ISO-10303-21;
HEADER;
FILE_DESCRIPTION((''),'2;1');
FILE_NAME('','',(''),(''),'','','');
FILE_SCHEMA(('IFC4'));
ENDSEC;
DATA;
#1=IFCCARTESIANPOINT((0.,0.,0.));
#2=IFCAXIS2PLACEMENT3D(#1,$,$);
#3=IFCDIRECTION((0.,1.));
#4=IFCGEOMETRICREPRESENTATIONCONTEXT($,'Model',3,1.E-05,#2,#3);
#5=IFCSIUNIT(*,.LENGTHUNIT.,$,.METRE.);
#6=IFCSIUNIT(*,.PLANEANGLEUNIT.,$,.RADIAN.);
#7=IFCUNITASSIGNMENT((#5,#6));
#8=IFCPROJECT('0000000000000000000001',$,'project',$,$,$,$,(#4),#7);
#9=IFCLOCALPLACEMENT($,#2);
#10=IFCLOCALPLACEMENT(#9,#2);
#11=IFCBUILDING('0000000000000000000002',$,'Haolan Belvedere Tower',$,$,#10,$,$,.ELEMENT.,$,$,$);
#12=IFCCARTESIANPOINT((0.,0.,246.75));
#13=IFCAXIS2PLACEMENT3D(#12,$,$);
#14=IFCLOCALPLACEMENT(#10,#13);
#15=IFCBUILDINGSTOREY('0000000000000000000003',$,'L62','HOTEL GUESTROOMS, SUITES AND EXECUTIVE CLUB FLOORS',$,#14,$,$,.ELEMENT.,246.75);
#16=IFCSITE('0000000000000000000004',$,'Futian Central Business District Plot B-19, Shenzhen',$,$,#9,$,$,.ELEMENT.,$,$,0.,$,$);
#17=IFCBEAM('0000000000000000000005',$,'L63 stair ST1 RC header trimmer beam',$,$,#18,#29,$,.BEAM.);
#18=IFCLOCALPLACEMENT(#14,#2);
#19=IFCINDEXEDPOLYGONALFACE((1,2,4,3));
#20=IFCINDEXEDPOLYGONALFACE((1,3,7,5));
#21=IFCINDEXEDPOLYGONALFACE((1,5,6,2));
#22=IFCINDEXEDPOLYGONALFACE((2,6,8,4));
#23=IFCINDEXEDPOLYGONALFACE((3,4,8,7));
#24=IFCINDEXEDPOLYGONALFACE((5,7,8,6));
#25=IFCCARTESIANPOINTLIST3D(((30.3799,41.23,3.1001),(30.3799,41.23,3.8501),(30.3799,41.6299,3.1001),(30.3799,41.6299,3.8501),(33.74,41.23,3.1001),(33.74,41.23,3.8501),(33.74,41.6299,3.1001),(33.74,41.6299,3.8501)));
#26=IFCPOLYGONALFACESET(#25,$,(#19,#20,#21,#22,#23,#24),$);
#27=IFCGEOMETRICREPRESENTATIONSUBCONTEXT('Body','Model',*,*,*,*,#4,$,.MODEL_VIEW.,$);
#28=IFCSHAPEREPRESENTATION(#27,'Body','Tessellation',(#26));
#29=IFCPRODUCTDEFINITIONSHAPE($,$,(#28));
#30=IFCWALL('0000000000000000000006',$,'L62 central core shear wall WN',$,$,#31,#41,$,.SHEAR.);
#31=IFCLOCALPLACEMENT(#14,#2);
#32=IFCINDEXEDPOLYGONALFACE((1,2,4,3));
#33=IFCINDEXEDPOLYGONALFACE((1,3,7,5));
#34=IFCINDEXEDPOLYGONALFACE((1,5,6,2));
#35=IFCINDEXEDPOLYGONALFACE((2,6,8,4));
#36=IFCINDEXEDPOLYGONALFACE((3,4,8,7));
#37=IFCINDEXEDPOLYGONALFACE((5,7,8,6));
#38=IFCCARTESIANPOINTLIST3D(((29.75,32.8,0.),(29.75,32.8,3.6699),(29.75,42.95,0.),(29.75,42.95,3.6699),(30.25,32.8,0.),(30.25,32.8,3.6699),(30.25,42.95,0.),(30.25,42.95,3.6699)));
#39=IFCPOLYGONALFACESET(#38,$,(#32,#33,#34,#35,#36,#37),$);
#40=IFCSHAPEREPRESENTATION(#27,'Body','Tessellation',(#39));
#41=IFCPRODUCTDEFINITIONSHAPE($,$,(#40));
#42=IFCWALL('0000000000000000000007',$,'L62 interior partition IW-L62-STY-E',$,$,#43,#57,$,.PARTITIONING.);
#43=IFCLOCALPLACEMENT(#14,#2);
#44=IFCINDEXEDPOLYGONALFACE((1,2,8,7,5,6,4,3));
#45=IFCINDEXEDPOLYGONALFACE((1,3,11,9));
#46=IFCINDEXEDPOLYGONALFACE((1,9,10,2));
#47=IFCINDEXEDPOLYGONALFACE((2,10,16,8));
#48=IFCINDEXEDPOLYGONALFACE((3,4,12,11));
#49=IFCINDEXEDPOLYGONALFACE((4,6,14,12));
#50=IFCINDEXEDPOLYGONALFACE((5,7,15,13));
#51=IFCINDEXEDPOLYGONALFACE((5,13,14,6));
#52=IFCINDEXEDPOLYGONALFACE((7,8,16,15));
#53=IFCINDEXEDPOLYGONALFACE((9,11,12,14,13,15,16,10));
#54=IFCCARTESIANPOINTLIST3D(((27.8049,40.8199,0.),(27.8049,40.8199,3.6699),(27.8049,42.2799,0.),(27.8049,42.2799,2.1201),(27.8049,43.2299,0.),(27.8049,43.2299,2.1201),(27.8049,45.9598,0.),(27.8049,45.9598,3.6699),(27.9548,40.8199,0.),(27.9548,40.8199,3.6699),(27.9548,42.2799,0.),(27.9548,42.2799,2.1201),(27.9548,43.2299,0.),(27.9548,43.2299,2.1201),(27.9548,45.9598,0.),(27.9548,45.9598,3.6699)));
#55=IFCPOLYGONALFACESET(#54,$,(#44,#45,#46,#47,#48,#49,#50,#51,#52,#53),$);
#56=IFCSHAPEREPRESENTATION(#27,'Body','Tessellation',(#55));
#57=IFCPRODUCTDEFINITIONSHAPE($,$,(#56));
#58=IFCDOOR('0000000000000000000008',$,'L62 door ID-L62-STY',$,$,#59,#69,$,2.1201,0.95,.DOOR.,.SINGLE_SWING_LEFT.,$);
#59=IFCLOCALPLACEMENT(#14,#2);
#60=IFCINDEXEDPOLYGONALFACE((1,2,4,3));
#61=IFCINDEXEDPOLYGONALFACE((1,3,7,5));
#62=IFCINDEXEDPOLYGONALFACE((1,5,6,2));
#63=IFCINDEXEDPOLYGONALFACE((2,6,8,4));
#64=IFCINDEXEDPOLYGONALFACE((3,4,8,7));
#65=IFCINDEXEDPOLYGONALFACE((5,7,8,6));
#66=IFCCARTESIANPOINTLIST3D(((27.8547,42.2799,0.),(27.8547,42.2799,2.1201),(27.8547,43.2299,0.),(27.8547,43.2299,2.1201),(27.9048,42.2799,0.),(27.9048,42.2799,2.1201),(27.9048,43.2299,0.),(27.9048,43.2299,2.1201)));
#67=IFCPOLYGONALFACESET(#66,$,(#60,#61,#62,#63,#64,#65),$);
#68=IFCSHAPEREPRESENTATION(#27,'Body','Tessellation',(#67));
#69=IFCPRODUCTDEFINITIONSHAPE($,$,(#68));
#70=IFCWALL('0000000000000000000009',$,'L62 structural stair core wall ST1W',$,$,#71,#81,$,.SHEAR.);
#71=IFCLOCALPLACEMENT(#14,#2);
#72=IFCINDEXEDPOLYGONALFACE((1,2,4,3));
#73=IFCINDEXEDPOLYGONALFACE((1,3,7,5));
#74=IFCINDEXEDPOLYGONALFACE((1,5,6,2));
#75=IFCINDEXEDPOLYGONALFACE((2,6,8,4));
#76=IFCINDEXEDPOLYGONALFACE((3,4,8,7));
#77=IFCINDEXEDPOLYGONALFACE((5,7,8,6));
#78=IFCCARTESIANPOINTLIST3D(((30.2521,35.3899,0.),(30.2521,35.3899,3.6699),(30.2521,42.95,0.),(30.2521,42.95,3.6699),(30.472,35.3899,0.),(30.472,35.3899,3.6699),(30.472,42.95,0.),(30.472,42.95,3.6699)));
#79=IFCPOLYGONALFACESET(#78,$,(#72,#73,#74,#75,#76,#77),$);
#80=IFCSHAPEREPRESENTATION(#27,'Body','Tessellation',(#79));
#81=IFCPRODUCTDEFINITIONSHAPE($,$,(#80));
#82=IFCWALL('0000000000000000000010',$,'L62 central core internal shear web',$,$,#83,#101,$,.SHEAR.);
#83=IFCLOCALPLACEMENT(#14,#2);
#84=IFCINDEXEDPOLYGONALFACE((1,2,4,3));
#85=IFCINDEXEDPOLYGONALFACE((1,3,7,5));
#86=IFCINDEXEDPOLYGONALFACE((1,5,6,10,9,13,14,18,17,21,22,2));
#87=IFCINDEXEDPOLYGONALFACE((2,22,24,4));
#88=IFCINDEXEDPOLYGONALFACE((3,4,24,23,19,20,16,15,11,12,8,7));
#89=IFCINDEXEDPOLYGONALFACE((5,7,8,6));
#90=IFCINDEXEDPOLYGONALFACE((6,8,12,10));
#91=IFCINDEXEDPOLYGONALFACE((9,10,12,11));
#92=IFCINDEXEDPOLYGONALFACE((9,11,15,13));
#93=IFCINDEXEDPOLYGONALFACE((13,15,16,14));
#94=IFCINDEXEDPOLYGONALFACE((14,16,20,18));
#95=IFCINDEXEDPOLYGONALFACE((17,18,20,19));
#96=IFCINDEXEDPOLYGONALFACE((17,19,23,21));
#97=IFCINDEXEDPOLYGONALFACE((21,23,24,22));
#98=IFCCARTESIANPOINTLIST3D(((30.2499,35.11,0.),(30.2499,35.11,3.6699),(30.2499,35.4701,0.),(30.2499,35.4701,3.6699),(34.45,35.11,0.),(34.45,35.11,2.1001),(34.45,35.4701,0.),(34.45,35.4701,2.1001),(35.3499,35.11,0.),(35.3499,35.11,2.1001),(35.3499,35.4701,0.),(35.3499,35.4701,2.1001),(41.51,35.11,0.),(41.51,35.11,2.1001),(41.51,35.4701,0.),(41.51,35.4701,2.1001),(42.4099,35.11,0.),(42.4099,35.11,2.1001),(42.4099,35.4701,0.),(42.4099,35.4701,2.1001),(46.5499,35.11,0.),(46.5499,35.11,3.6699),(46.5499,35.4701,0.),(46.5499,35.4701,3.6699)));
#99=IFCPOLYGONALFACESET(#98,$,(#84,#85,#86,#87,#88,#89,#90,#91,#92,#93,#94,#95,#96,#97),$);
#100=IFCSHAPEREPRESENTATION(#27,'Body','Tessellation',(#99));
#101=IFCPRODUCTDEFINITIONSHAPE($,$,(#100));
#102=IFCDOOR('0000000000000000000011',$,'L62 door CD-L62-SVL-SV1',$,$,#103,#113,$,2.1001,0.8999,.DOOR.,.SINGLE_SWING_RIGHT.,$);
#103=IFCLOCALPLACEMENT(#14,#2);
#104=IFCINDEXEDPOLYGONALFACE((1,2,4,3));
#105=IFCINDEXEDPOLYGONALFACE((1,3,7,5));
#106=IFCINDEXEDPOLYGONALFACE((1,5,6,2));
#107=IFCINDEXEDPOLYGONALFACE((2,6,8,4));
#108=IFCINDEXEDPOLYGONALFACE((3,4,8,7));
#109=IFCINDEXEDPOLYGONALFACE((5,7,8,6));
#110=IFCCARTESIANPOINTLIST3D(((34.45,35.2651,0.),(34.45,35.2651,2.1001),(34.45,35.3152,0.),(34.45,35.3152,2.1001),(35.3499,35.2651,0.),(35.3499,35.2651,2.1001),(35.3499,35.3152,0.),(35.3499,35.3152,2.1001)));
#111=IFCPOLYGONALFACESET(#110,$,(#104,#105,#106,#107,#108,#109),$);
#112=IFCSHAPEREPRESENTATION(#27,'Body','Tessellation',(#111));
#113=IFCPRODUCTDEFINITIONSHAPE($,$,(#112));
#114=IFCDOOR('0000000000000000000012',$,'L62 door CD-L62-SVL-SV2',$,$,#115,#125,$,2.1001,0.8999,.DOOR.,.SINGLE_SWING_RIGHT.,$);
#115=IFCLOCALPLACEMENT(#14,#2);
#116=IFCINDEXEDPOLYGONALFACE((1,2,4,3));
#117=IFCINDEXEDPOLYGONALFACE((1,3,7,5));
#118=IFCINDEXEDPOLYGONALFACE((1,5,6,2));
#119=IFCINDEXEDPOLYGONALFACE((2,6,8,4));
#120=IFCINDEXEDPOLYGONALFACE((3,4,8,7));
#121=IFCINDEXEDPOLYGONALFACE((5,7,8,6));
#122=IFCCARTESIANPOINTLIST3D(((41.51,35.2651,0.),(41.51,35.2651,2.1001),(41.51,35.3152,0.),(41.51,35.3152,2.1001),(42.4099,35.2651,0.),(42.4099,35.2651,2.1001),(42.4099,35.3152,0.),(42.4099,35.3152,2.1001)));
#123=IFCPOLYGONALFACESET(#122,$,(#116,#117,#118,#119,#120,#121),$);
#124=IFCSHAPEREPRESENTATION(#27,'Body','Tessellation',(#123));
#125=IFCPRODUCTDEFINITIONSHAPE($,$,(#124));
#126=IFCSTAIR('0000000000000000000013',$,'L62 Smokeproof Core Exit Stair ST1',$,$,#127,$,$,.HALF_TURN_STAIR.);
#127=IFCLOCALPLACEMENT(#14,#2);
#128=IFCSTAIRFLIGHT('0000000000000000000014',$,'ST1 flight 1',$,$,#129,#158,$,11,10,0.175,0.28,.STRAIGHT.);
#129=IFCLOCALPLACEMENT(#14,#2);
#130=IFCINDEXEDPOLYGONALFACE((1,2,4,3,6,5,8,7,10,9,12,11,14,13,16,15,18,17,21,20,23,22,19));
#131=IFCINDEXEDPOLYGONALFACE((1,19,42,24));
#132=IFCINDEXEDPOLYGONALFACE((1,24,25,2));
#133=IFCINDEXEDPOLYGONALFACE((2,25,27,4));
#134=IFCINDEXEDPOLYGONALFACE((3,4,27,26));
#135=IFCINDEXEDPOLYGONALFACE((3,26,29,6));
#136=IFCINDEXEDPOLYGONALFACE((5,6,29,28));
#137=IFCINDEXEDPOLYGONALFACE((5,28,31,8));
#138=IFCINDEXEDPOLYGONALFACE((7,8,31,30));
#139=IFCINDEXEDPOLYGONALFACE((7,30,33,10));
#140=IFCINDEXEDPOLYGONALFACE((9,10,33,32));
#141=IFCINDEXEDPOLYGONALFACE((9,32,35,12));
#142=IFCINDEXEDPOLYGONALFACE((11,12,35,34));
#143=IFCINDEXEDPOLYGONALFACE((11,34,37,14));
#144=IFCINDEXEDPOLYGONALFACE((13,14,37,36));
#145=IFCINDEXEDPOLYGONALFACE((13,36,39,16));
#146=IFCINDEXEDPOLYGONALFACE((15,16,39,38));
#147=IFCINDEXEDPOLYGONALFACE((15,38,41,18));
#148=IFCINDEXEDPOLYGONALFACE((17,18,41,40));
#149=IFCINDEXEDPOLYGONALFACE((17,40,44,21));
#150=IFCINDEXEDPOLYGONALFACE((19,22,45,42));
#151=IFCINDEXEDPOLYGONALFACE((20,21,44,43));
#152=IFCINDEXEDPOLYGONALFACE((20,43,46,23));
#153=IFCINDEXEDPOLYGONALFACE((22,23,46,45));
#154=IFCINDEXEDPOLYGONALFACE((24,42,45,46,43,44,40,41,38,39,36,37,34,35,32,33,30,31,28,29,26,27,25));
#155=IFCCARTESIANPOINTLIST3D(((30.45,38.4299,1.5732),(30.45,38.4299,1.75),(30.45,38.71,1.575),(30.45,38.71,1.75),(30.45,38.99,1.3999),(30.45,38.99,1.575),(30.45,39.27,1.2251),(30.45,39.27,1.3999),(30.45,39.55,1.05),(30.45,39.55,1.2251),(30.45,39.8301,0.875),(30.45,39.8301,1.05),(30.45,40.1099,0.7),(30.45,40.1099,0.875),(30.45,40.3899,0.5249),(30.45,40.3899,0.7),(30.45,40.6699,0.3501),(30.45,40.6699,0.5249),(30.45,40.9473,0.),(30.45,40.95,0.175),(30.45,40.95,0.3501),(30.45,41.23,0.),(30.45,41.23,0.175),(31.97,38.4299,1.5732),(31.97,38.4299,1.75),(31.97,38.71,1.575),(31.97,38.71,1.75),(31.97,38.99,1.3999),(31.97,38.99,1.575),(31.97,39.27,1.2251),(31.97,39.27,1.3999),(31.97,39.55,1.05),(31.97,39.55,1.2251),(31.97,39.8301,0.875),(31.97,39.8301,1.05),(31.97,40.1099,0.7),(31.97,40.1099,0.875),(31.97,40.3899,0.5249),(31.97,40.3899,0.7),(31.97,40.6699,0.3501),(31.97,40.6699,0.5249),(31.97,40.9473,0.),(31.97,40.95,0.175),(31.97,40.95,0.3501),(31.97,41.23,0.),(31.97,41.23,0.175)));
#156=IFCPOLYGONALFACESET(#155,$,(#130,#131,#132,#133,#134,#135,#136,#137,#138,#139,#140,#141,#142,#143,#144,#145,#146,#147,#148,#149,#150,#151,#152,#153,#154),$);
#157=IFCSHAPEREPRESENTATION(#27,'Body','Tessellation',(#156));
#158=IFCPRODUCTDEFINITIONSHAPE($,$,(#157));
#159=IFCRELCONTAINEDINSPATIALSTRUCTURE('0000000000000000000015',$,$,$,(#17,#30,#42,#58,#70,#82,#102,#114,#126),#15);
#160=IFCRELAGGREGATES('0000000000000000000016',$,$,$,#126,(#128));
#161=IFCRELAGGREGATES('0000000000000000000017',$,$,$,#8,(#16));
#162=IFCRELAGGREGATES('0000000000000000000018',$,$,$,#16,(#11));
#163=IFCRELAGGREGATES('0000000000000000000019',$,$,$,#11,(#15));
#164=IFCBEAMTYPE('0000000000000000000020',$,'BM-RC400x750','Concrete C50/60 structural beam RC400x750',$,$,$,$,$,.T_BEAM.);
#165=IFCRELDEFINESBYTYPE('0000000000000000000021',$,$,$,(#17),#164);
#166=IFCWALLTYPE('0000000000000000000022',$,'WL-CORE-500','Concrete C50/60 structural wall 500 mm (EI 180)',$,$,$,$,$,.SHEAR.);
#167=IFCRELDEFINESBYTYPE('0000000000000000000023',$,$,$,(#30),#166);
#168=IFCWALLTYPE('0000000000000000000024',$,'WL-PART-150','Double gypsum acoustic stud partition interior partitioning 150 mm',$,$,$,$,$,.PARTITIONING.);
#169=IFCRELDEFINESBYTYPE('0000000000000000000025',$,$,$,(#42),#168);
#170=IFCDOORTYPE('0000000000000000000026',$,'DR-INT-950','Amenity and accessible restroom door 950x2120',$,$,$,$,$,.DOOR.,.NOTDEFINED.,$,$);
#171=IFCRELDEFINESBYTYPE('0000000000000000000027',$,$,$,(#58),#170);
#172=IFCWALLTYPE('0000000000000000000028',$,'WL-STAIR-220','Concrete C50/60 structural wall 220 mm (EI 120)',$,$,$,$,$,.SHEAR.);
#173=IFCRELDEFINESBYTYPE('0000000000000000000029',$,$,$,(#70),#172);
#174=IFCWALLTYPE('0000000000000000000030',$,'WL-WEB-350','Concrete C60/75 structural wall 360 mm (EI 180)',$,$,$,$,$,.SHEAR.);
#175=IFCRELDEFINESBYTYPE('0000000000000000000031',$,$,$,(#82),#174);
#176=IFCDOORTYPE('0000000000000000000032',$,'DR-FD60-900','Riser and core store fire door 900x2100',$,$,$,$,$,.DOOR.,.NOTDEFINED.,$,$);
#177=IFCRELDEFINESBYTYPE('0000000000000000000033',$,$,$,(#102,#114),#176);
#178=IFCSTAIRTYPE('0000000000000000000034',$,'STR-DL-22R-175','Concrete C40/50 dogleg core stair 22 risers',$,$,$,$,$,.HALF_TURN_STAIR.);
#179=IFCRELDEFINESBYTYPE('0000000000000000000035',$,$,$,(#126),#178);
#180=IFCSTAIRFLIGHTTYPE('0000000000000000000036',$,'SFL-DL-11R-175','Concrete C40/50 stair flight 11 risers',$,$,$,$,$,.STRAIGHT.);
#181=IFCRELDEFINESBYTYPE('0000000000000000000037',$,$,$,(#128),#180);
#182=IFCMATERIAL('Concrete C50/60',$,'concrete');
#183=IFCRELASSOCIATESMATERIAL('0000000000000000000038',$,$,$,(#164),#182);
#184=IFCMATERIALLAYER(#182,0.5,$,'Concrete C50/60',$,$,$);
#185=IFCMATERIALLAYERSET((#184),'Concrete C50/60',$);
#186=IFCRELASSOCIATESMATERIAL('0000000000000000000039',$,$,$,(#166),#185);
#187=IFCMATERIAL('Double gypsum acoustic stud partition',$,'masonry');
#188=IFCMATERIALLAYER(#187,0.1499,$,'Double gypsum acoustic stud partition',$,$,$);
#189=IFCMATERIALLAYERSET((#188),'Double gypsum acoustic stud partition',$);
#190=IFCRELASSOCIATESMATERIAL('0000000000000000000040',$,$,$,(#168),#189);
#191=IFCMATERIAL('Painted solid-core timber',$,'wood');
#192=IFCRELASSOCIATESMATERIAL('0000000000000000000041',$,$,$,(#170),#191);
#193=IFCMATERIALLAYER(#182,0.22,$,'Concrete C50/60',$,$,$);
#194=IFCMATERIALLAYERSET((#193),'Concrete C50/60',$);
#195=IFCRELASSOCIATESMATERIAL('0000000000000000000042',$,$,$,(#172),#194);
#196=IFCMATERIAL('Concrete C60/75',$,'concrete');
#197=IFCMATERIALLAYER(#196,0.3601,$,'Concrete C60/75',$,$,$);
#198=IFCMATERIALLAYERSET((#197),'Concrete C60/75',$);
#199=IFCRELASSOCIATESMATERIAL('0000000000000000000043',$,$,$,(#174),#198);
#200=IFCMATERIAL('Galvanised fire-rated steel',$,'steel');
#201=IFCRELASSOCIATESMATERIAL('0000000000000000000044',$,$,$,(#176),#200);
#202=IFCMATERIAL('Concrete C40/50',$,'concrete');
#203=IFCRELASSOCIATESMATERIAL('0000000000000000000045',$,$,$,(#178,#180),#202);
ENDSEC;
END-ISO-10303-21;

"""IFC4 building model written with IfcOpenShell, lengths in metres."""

from ifc_helpers import new_model, si_unit, direction, frame, frame_2d, origin, origin_2d, place, context, subcontext, project, spatial, polyline, rectangle, outline, extrude, material, layer, layer_set, material_profile, profile_set, type_object, element, fill, aggregate, save


model = new_model("IFC4")

# Units and contexts
model_context = context("Model", 3, precision=1e-05, world=origin(), true_north=direction((0.0, 1.0)))
body_context = subcontext(model_context, "Body", "Model", "MODEL_VIEW")
ifc_project = project(units=[si_unit("LENGTHUNIT", "METRE"), si_unit("PLANEANGLEUNIT", "RADIAN")], contexts=[model_context])

# Site, building, storey
site_placement = place(None, origin())
site = spatial("IfcSite", under=ifc_project, at=site_placement, Name="Futian Central Business District Plot B-19, Shenzhen", CompositionType="ELEMENT", RefElevation=0.0)
building_placement = place(site_placement, origin())
building = spatial("IfcBuilding", under=site, at=building_placement, Name="Haolan Belvedere Tower", CompositionType="ELEMENT")
storey_placement = place(building_placement, frame((0.0, 0.0, 246.75)))
storey = spatial("IfcBuildingStorey", under=building, at=storey_placement, Name="L62", Description="HOTEL GUESTROOMS, SUITES AND EXECUTIVE CLUB FLOORS", CompositionType="ELEMENT", Elevation=246.75)

# Beam
ifc_material_1 = material(Name="Concrete C50/60", Category="concrete")
ifc_material_profile = material_profile(ifc_material_1, rectangle(XDim=0.3999, YDim=0.75, at=origin_2d()), Name="Concrete C50/60")
ifc_profile_set = profile_set([ifc_material_profile], Name="Concrete C50/60")
beam_type = type_object("IfcBeamType", Name="BM-RC400x750", Description="Concrete C50/60 structural beam RC400x750", PredefinedType="T_BEAM", material=ifc_profile_set)
beam_placement = place(storey_placement, frame((30.3799, 41.4299, 3.4751), z_axis=(1.0, 0.0, 0.0), x_axis=(0.0, 1.0, 0.0)))
element("IfcBeam", 1, at=beam_placement, inside=storey, type_object=beam_type, Name="L63 stair ST1 RC header trimmer beam", PredefinedType="BEAM", context=body_context, shape_type="SweptSolid", body=[
    extrude(rectangle(XDim=0.3999, YDim=0.75, at=origin_2d()), origin(), (0.0, 0.0, 1.0), 3.3601),
])

# Wall
ifc_layer_1 = layer(ifc_material_1, 0.5, Name="Concrete C50/60")
ifc_layer_set_1 = layer_set([ifc_layer_1], Name="Concrete C50/60")
wall_type_1 = type_object("IfcWallType", Name="WL-CORE-500", Description="Concrete C50/60 structural wall 500 mm (EI 180)", PredefinedType="SHEAR", material=ifc_layer_set_1)
wall_1_placement = place(storey_placement, frame((30.0, 32.8, 0.0), z_axis=(0.0, 0.0, 1.0), x_axis=(0.0, 1.0, 0.0)))
element("IfcWall", 2, at=wall_1_placement, inside=storey, type_object=wall_type_1, Name="L62 central core shear wall WN", PredefinedType="SHEAR", context=body_context, shape_type="SweptSolid", body=[
    extrude(rectangle(XDim=10.1499, YDim=0.5, at=frame_2d((5.075, 0.0))), origin(), (0.0, 0.0, 1.0), 3.6699),
])

# Wall, opening, door
ifc_material_2 = material(Name="Double gypsum acoustic stud partition", Category="masonry")
ifc_layer_2 = layer(ifc_material_2, 0.1499, Name="Double gypsum acoustic stud partition")
ifc_layer_set_2 = layer_set([ifc_layer_2], Name="Double gypsum acoustic stud partition")
wall_type_2 = type_object("IfcWallType", Name="WL-PART-150", Description="Double gypsum acoustic stud partition interior partitioning 150 mm", PredefinedType="PARTITIONING", material=ifc_layer_set_2)
ifc_material_3 = material(Name="Painted solid-core timber", Category="wood")
door_type_1 = type_object("IfcDoorType", Name="DR-INT-950", Description="Amenity and accessible restroom door 950x2120", OperationType="NOTDEFINED", PredefinedType="DOOR", material=ifc_material_3)
wall_2_placement = place(storey_placement, frame((27.8799, 40.8201, 0.0), z_axis=(0.0, 0.0, 1.0), x_axis=(0.0, 1.0, 0.0)))
wall_2 = element("IfcWall", 3, at=wall_2_placement, inside=storey, type_object=wall_type_2, Name="L62 interior partition IW-L62-STY-E", PredefinedType="PARTITIONING", context=body_context, shape_type="SweptSolid", body=[
    extrude(rectangle(XDim=5.1399, YDim=0.1499, at=frame_2d((2.5698, 0.0))), origin(), (0.0, 0.0, 1.0), 3.6699),
])
opening_1_placement = place(wall_2_placement, frame((2.4099, 0.0, 0.0), z_axis=(0.0, 0.0, 1.0), x_axis=(-1.0, 0.0, 0.0)))
opening_1 = element("IfcOpeningElement", 4, at=opening_1_placement, cuts=wall_2, PredefinedType="OPENING", context=body_context, shape_type="SweptSolid", body=[
    extrude(rectangle(XDim=0.95, YDim=2.1201, at=frame_2d((0.4751, 1.0601))), frame((0.0, 0.085, 0.0), z_axis=(0.0, -1.0, 0.0), x_axis=(1.0, 0.0, 0.0)), (0.0, 0.0, 1.0), 0.1699),
])
door_1_placement = place(opening_1_placement, origin())
door_1 = element("IfcDoor", 5, at=door_1_placement, inside=storey, type_object=door_type_1, Name="L62 door ID-L62-STY", OperationType="SINGLE_SWING_LEFT", OverallHeight=2.1201, OverallWidth=0.95, PredefinedType="DOOR", context=body_context, shape_type="SweptSolid", body=[
    extrude(rectangle(XDim=0.95, YDim=2.1201, at=frame_2d((0.4751, 1.0601))), frame((0.0, 0.0249, 0.0), z_axis=(0.0, -1.0, 0.0), x_axis=(1.0, 0.0, 0.0)), (0.0, 0.0, 1.0), 0.05),
])
fill(opening_1, door_1)

# Wall
ifc_layer_3 = layer(ifc_material_1, 0.22, Name="Concrete C50/60")
ifc_layer_set_3 = layer_set([ifc_layer_3], Name="Concrete C50/60")
wall_type_3 = type_object("IfcWallType", Name="WL-STAIR-220", Description="Concrete C50/60 structural wall 220 mm (EI 120)", PredefinedType="SHEAR", material=ifc_layer_set_3)
wall_3_placement = place(storey_placement, frame((30.3621, 35.3899, 0.0), z_axis=(0.0, 0.0, 1.0), x_axis=(0.0, 1.0, 0.0)))
element("IfcWall", 6, at=wall_3_placement, inside=storey, type_object=wall_type_3, Name="L62 structural stair core wall ST1W", PredefinedType="SHEAR", context=body_context, shape_type="SweptSolid", body=[
    extrude(rectangle(XDim=7.5601, YDim=0.22, at=frame_2d((3.78, 0.0))), origin(), (0.0, 0.0, 1.0), 3.6699),
])

# Wall, openings, doors
ifc_material_4 = material(Name="Concrete C60/75", Category="concrete")
ifc_layer_4 = layer(ifc_material_4, 0.3601, Name="Concrete C60/75")
ifc_layer_set_4 = layer_set([ifc_layer_4], Name="Concrete C60/75")
wall_type_4 = type_object("IfcWallType", Name="WL-WEB-350", Description="Concrete C60/75 structural wall 360 mm (EI 180)", PredefinedType="SHEAR", material=ifc_layer_set_4)
wall_4_placement = place(storey_placement, frame((30.25, 35.29, 0.0), z_axis=(0.0, 0.0, 1.0), x_axis=(1.0, 0.0, 0.0)))
wall_4 = element("IfcWall", 7, at=wall_4_placement, inside=storey, type_object=wall_type_4, Name="L62 central core internal shear web", PredefinedType="SHEAR", context=body_context, shape_type="SweptSolid", body=[
    extrude(rectangle(XDim=16.3, YDim=0.3601, at=frame_2d((8.1499, 0.0))), origin(), (0.0, 0.0, 1.0), 3.6699),
])
opening_2_placement = place(wall_4_placement, frame((5.0999, 0.0, 0.0), z_axis=(0.0, 0.0, 1.0), x_axis=(-1.0, 0.0, 0.0)))
opening_2 = element("IfcOpeningElement", 8, at=opening_2_placement, cuts=wall_4, PredefinedType="OPENING", context=body_context, shape_type="SweptSolid", body=[
    extrude(rectangle(XDim=0.8999, YDim=2.1001, at=frame_2d((0.45, 1.05))), frame((0.0, 0.1899, 0.0), z_axis=(0.0, -1.0, 0.0), x_axis=(1.0, 0.0, 0.0)), (0.0, 0.0, 1.0), 0.3801),
])
opening_3_placement = place(wall_4_placement, frame((12.1599, 0.0, 0.0), z_axis=(0.0, 0.0, 1.0), x_axis=(-1.0, 0.0, 0.0)))
opening_3 = element("IfcOpeningElement", 9, at=opening_3_placement, cuts=wall_4, PredefinedType="OPENING", context=body_context, shape_type="SweptSolid", body=[
    extrude(rectangle(XDim=0.8999, YDim=2.1001, at=frame_2d((0.45, 1.05))), frame((0.0, 0.1899, 0.0), z_axis=(0.0, -1.0, 0.0), x_axis=(1.0, 0.0, 0.0)), (0.0, 0.0, 1.0), 0.3801),
])
ifc_material_5 = material(Name="Galvanised fire-rated steel", Category="steel")
door_type_2 = type_object("IfcDoorType", Name="DR-FD60-900", Description="Riser and core store fire door 900x2100", OperationType="NOTDEFINED", PredefinedType="DOOR", material=ifc_material_5)
door_2_placement = place(opening_2_placement, origin())
door_2 = element("IfcDoor", 10, at=door_2_placement, inside=storey, type_object=door_type_2, Name="L62 door CD-L62-SVL-SV1", OperationType="SINGLE_SWING_RIGHT", OverallHeight=2.1001, OverallWidth=0.8999, PredefinedType="DOOR", context=body_context, shape_type="SweptSolid", body=[
    extrude(rectangle(XDim=0.8999, YDim=2.1001, at=frame_2d((0.45, 1.05))), frame((0.0, 0.0249, 0.0), z_axis=(0.0, -1.0, 0.0), x_axis=(1.0, 0.0, 0.0)), (0.0, 0.0, 1.0), 0.05),
])
fill(opening_2, door_2)
door_3_placement = place(opening_3_placement, origin())
door_3 = element("IfcDoor", 11, at=door_3_placement, inside=storey, type_object=door_type_2, Name="L62 door CD-L62-SVL-SV2", OperationType="SINGLE_SWING_RIGHT", OverallHeight=2.1001, OverallWidth=0.8999, PredefinedType="DOOR", context=body_context, shape_type="SweptSolid", body=[
    extrude(rectangle(XDim=0.8999, YDim=2.1001, at=frame_2d((0.45, 1.05))), frame((0.0, 0.0249, 0.0), z_axis=(0.0, -1.0, 0.0), x_axis=(1.0, 0.0, 0.0)), (0.0, 0.0, 1.0), 0.05),
])
fill(opening_3, door_3)

# Stair, stair flight
ifc_material_6 = material(Name="Concrete C40/50", Category="concrete")
stair_type = type_object("IfcStairType", Name="STR-DL-22R-175", Description="Concrete C40/50 dogleg core stair 22 risers", PredefinedType="HALF_TURN_STAIR", material=ifc_material_6)
stair_placement = place(storey_placement, origin())
stair = element("IfcStair", 12, at=stair_placement, inside=storey, type_object=stair_type, Name="L62 Smokeproof Core Exit Stair ST1", PredefinedType="HALF_TURN_STAIR")
stair_flight_type = type_object("IfcStairFlightType", Name="SFL-DL-11R-175", Description="Concrete C40/50 stair flight 11 risers", PredefinedType="STRAIGHT", material=ifc_material_6)
stair_flight_1_placement = place(storey_placement, frame((31.21, 41.23, 0.0), z_axis=(0.0, 0.0, 1.0), x_axis=(0.0, -1.0, 0.0)))
stair_flight_1 = element("IfcStairFlight", 13, at=stair_flight_1_placement, type_object=stair_flight_type, Name="ST1 flight 1", NumberOfRisers=11, NumberOfTreads=10, PredefinedType="STRAIGHT", RiserHeight=0.175, TreadLength=0.28, context=body_context, shape_type="SweptSolid", body=[
    extrude(outline(polyline([(0.0, 0.0), (0.0, 0.175), (0.28, 0.175), (0.28, 0.3501), (0.5601, 0.3501), (0.5601, 0.5249), (0.8401, 0.5249), (0.8401, 0.7), (1.1201, 0.7), (1.1201, 0.875), (1.3999, 0.875), (1.3999, 1.05), (1.6799, 1.05), (1.6799, 1.2251), (1.96, 1.2251), (1.96, 1.3999), (2.24, 1.3999), (2.24, 1.575), (2.52, 1.575), (2.52, 1.75), (2.8, 1.75), (2.8, 1.925), (2.8, 1.5732), (0.2827, 0.0), (0.0, 0.0)])), frame((0.0, 0.76, 0.0), z_axis=(0.0, -1.0, 0.0), x_axis=(1.0, 0.0, 0.0)), (0.0, 0.0, 1.0), 1.52),
])
aggregate(stair, [stair_flight_1])

save(model, "model.ifc")
